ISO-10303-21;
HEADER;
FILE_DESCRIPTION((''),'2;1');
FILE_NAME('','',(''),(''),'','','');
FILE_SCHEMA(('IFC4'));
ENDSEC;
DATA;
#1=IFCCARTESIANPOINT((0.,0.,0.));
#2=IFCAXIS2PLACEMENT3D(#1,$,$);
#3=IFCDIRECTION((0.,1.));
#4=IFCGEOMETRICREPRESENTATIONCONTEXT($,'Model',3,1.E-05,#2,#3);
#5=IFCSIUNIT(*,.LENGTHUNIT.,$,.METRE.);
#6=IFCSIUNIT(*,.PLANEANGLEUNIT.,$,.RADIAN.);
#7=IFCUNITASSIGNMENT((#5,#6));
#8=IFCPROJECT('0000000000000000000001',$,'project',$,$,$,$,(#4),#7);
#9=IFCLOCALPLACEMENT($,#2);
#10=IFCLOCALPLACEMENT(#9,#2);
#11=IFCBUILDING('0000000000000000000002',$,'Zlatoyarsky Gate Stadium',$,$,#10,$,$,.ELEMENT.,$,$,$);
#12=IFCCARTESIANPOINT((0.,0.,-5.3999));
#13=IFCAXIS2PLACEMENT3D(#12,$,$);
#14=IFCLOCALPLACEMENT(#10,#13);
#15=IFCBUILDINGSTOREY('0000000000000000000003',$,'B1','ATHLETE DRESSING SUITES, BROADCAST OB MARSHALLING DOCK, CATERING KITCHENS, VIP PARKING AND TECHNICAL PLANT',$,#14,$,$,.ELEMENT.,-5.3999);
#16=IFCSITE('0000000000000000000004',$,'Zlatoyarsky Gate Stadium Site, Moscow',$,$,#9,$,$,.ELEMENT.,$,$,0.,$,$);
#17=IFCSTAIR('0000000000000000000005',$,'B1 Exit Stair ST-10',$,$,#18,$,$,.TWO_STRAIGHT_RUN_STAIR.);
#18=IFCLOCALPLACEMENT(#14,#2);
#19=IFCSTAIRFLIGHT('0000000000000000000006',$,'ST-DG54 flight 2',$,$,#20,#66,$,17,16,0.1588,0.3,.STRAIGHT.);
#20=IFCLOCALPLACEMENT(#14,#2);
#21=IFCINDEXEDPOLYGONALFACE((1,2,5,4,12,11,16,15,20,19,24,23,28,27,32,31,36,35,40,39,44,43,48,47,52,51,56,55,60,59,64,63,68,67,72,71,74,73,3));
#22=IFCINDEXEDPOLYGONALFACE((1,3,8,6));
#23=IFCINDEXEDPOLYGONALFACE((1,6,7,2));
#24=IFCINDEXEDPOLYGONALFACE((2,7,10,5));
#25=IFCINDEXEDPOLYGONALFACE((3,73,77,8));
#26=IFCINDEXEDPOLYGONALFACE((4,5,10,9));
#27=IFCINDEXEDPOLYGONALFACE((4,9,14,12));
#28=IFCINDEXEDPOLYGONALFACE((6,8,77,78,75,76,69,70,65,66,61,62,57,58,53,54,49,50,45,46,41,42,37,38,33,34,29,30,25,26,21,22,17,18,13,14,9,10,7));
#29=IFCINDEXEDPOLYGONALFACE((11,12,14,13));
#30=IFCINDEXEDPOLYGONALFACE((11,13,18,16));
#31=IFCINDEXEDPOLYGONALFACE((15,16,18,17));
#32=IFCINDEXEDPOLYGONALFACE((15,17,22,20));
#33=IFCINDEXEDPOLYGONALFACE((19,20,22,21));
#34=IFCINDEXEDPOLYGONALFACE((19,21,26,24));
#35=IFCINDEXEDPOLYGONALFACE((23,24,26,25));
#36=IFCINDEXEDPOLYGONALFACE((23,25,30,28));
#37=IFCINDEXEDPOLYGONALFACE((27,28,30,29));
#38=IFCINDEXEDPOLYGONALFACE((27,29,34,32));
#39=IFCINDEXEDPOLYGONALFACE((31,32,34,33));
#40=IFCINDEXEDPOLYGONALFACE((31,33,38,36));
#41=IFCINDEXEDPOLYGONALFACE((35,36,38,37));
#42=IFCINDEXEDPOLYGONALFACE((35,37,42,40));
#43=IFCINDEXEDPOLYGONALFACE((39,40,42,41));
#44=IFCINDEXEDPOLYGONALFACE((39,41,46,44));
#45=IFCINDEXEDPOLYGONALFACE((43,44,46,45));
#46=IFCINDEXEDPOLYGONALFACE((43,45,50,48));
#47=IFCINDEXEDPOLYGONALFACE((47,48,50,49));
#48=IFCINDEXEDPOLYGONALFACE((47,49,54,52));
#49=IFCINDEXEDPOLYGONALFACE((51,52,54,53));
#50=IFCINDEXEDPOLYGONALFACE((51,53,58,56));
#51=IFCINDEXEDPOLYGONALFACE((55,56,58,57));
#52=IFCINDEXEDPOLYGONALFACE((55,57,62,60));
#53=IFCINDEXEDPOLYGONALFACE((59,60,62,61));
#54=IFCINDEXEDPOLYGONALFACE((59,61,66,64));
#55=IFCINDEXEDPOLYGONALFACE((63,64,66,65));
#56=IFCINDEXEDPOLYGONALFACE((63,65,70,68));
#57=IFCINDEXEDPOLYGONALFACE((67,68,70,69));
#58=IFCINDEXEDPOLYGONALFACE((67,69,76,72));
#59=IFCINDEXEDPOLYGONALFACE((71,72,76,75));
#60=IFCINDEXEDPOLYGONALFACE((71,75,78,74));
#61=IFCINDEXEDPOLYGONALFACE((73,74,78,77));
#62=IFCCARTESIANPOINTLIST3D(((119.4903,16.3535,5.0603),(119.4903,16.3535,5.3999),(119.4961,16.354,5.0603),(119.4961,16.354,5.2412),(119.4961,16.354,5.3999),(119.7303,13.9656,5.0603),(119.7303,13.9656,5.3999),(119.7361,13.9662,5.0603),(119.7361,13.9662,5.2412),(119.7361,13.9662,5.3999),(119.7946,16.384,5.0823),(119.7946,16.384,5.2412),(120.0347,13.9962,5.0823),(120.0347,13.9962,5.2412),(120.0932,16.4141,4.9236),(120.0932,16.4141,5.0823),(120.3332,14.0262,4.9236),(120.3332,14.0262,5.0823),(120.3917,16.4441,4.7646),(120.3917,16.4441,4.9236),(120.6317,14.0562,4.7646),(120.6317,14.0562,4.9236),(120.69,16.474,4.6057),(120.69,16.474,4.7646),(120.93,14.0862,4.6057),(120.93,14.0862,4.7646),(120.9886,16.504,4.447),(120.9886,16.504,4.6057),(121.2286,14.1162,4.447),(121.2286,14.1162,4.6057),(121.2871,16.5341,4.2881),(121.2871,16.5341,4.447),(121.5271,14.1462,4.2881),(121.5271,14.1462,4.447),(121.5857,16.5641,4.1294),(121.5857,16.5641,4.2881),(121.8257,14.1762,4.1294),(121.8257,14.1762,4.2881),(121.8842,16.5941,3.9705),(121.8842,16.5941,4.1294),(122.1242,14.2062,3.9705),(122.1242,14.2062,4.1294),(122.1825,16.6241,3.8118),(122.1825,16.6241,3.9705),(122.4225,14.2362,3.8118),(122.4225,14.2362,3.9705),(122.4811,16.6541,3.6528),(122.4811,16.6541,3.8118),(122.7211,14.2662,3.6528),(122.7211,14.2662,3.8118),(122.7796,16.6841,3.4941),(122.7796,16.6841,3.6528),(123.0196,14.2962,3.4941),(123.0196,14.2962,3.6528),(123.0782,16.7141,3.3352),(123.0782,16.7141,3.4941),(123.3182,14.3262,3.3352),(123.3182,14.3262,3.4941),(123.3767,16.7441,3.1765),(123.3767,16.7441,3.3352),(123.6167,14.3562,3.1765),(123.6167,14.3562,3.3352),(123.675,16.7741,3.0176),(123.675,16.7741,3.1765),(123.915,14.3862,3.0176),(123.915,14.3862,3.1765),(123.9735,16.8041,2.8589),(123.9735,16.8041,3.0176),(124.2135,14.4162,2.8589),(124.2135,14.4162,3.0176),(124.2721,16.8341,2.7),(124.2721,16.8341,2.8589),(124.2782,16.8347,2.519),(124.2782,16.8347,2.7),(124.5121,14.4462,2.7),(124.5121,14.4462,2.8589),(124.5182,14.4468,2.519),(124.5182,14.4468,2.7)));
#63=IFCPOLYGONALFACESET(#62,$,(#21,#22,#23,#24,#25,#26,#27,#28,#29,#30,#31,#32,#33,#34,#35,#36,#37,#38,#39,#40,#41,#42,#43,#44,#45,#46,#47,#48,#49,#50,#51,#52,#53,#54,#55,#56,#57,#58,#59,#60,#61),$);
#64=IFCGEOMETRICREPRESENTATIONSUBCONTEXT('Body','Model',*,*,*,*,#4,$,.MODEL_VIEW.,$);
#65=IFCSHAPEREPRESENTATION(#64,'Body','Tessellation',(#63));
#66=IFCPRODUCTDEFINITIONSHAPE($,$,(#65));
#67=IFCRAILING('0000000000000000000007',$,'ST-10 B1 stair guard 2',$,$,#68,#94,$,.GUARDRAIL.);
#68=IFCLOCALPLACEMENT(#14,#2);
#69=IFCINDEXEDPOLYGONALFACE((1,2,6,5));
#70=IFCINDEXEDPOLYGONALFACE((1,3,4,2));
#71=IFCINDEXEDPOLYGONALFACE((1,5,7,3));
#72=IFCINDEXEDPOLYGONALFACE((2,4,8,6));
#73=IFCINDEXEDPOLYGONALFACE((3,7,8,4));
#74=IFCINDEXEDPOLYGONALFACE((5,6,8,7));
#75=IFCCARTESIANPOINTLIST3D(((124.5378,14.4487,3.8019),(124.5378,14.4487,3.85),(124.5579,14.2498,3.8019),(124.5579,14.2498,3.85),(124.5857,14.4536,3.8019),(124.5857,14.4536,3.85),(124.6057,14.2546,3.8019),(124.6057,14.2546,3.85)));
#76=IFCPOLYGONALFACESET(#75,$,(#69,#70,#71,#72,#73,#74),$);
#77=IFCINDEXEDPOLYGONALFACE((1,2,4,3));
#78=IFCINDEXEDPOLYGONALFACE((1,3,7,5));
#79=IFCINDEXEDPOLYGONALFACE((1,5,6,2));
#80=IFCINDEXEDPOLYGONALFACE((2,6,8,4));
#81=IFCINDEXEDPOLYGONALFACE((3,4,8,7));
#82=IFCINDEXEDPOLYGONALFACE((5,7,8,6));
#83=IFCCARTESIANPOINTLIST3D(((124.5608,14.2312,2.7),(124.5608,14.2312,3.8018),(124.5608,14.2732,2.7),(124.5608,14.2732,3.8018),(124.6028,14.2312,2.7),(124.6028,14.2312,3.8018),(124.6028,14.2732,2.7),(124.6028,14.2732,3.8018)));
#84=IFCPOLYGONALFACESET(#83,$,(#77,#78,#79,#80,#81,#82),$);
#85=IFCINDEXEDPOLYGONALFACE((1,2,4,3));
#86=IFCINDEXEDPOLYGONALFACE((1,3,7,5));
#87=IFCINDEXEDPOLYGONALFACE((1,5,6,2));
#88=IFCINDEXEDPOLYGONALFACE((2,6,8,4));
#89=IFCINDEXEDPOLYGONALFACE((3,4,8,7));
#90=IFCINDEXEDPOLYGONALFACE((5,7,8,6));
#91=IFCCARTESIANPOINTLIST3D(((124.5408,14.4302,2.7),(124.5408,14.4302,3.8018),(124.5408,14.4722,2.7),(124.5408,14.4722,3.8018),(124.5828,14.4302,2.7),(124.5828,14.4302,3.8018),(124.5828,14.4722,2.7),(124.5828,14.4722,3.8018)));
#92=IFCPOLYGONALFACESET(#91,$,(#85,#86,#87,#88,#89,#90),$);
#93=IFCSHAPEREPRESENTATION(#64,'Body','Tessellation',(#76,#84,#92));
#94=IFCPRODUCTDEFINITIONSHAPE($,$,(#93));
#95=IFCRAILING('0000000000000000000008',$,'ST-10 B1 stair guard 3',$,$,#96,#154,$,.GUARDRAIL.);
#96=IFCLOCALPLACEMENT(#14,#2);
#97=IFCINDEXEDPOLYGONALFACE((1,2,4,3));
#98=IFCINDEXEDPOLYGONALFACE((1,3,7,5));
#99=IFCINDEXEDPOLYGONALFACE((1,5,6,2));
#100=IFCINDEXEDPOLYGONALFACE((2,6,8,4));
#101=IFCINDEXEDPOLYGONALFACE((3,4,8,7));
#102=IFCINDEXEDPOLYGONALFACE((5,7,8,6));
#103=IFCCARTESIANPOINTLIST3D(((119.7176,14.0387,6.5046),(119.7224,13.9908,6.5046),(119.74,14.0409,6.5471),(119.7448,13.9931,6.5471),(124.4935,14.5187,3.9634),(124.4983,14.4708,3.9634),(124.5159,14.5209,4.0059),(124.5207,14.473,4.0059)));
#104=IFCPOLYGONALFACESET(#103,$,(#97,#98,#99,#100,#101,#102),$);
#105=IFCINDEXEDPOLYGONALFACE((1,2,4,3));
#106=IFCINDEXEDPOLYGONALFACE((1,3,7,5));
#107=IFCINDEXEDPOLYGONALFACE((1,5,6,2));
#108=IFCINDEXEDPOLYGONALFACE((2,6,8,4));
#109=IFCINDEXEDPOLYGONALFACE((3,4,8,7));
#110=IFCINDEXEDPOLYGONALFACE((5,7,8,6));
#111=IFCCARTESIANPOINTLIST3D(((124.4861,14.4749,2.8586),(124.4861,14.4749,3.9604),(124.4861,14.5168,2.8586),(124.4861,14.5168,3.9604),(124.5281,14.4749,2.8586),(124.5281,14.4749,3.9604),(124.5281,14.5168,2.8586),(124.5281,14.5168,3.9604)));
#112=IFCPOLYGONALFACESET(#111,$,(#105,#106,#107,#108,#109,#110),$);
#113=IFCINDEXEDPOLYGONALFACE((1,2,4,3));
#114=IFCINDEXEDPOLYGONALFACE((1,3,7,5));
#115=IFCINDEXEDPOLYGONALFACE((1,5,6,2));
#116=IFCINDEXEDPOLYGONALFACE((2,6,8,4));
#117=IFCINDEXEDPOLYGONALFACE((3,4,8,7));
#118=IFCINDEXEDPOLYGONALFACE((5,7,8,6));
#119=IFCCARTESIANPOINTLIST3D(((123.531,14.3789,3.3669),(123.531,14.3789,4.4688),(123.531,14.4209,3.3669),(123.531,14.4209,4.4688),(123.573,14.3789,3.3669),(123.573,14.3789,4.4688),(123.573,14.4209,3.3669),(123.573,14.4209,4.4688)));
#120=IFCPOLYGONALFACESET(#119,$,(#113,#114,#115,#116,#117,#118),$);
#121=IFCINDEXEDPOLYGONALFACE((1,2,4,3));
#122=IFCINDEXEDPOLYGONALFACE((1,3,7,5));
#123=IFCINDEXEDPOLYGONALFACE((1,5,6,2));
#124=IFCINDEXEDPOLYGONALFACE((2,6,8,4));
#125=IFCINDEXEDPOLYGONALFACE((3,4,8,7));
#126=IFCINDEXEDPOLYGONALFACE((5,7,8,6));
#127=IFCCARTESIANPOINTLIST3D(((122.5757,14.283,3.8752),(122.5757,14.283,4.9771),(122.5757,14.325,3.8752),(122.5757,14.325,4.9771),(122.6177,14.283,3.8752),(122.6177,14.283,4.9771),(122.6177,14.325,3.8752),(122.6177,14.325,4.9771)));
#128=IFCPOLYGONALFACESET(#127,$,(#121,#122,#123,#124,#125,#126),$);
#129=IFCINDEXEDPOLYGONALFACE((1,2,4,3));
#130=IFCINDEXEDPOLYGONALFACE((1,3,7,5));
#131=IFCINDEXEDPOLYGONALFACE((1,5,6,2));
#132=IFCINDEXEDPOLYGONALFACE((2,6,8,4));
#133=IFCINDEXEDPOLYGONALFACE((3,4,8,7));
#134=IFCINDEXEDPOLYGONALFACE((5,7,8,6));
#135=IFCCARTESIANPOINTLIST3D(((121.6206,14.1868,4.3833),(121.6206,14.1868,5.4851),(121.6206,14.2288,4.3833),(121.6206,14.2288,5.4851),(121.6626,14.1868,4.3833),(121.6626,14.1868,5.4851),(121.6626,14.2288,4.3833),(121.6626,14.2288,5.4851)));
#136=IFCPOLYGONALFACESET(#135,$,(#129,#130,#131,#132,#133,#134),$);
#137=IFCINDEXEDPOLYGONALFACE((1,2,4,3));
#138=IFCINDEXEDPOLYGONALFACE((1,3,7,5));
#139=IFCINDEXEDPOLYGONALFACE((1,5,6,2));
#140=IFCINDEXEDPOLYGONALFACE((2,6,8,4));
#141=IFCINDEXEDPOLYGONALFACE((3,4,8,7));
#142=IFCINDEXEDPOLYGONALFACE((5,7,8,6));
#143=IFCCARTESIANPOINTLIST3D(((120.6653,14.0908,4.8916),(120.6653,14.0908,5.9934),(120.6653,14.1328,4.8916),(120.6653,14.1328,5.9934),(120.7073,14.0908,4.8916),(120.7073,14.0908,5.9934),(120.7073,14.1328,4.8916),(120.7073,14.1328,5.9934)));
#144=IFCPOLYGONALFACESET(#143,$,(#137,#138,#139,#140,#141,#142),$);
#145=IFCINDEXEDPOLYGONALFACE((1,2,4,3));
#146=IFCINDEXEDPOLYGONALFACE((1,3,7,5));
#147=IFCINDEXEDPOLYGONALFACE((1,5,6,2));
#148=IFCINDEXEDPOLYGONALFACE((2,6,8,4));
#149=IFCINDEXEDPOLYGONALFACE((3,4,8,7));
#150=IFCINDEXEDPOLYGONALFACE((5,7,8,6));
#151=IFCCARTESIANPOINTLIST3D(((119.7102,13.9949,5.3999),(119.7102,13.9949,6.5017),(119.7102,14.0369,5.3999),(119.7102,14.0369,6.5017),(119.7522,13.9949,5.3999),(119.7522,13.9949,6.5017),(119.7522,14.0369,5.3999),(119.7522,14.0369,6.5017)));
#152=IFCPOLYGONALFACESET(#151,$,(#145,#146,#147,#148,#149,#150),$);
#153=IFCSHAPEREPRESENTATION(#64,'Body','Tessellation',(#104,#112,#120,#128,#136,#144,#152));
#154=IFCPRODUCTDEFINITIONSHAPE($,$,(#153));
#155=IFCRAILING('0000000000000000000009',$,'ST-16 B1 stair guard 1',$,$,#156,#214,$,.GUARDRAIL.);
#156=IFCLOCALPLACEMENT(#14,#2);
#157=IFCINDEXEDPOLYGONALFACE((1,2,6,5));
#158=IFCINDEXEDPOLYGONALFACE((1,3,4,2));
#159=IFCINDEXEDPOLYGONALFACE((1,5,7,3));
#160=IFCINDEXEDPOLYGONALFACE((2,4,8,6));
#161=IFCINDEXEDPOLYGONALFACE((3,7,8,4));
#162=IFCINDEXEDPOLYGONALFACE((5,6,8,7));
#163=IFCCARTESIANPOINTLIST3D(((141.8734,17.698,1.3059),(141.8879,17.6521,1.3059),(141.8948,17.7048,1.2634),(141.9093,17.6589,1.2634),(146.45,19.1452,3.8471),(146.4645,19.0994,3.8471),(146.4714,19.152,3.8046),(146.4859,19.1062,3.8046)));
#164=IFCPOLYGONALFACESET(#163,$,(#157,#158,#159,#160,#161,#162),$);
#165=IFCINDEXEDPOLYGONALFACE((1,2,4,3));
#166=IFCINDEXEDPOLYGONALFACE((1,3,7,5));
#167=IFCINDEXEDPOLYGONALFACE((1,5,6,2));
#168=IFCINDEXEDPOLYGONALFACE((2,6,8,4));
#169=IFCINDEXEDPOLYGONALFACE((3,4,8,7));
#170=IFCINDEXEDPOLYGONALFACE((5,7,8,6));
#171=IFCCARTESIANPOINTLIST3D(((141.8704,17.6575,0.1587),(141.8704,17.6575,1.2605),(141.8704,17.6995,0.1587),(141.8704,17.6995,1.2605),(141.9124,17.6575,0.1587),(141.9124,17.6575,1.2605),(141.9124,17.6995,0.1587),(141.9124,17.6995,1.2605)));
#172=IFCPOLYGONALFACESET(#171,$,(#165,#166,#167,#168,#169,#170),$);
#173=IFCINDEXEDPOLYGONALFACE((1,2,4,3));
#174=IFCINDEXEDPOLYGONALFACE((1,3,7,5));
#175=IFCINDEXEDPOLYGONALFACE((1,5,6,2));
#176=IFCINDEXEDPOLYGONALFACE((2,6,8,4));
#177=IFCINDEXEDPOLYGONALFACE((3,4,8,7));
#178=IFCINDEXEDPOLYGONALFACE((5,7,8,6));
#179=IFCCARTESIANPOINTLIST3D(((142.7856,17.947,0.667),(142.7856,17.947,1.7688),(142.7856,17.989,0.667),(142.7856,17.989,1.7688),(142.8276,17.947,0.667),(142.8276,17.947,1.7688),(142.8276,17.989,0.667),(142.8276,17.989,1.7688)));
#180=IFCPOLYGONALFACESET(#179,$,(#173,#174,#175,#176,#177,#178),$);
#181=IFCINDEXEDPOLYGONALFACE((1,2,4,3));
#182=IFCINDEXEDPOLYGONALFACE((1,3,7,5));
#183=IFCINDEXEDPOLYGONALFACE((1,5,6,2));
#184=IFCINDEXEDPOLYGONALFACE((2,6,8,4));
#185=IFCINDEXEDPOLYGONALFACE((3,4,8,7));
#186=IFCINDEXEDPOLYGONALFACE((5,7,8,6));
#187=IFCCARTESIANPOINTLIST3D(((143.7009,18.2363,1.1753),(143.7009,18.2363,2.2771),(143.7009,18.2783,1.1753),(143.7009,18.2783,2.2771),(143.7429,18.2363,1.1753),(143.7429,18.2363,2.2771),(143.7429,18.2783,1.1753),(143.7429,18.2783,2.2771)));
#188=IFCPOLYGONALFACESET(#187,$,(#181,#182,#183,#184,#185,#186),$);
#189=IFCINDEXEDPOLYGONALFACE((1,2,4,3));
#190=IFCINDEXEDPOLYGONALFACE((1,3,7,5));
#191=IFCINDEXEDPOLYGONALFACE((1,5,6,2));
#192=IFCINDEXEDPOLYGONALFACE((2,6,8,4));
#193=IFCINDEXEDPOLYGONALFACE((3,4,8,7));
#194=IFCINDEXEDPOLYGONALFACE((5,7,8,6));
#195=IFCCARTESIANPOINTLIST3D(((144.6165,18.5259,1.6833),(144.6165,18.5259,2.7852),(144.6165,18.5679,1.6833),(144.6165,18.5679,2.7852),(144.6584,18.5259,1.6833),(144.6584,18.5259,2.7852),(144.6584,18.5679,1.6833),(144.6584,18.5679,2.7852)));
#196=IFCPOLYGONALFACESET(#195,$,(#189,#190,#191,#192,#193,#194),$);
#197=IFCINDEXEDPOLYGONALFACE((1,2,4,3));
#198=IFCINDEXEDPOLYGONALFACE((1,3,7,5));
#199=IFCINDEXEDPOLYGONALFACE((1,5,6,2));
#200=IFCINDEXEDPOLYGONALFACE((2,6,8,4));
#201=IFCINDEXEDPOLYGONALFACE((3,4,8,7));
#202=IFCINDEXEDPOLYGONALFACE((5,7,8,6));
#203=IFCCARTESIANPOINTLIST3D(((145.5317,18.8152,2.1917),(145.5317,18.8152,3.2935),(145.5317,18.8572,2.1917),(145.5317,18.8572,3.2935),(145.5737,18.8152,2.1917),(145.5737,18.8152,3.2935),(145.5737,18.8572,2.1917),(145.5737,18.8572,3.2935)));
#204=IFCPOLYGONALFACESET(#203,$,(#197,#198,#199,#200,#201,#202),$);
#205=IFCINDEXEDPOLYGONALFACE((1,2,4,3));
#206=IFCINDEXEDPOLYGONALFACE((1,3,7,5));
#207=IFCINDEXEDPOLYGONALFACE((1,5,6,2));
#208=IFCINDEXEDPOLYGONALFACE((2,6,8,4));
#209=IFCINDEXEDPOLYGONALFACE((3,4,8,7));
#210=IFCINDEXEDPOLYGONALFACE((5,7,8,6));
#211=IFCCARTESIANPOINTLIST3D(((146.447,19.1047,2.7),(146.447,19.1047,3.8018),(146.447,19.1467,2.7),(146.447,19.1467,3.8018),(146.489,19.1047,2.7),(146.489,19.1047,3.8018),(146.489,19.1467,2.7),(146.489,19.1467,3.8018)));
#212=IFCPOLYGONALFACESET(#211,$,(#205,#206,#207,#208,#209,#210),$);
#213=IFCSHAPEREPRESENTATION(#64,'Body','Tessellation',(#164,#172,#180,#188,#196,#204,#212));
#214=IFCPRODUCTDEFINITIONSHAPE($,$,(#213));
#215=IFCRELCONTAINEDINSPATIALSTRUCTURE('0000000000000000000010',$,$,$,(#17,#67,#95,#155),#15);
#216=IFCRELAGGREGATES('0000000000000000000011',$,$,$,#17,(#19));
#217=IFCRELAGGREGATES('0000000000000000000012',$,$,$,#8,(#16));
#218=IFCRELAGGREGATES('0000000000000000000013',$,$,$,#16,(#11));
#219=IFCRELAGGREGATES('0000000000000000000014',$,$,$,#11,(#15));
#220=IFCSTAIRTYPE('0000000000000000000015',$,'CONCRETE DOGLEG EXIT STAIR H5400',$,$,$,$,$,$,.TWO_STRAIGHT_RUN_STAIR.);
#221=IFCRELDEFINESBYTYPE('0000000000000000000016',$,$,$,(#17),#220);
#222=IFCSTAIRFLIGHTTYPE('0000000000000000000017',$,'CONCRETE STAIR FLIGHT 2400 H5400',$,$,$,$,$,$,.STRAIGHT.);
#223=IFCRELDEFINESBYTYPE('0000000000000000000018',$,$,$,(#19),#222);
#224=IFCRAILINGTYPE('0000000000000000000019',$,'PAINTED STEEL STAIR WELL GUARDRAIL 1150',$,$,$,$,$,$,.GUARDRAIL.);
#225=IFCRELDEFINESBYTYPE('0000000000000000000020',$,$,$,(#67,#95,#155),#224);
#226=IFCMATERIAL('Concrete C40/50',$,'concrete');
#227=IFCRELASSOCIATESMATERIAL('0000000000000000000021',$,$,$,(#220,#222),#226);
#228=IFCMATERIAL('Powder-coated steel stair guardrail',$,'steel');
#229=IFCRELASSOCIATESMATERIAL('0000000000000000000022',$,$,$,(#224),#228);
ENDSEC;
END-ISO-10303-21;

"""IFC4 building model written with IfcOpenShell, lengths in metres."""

from ifc_helpers import new_model, si_unit, direction, frame, origin, origin_2d, place, context, subcontext, project, spatial, polyline, rectangle, outline, extrude, material, type_object, element, aggregate, save


model = new_model("IFC4")

# Units and contexts
model_context = context("Model", 3, precision=1e-05, world=origin(), true_north=direction((0.0, 1.0)))
body_context = subcontext(model_context, "Body", "Model", "MODEL_VIEW")
ifc_project = project(units=[si_unit("LENGTHUNIT", "METRE"), si_unit("PLANEANGLEUNIT", "RADIAN")], contexts=[model_context])

# Site, building, storey
site_placement = place(None, origin())
site = spatial("IfcSite", under=ifc_project, at=site_placement, Name="Zlatoyarsky Gate Stadium Site, Moscow", CompositionType="ELEMENT", RefElevation=0.0)
building_placement = place(site_placement, origin())
building = spatial("IfcBuilding", under=site, at=building_placement, Name="Zlatoyarsky Gate Stadium", CompositionType="ELEMENT")
storey_placement = place(building_placement, frame((0.0, 0.0, -5.3999)))
storey = spatial("IfcBuildingStorey", under=building, at=storey_placement, Name="B1", Description="ATHLETE DRESSING SUITES, BROADCAST OB MARSHALLING DOCK, CATERING KITCHENS, VIP PARKING AND TECHNICAL PLANT", CompositionType="ELEMENT", Elevation=-5.3999)

# Shared definitions
ifc_material_1 = material(Name="Concrete C40/50", Category="concrete")

# Stair, stair flight
stair_type = type_object("IfcStairType", Name="CONCRETE DOGLEG EXIT STAIR H5400", PredefinedType="TWO_STRAIGHT_RUN_STAIR", material=ifc_material_1)
stair_1_placement = place(storey_placement, origin())
stair_1 = element("IfcStair", 1, at=stair_1_placement, inside=storey, type_object=stair_type, Name="B1 Exit Stair ST-10", PredefinedType="TWO_STRAIGHT_RUN_STAIR")
stair_flight_type = type_object("IfcStairFlightType", Name="CONCRETE STAIR FLIGHT 2400 H5400", PredefinedType="STRAIGHT", material=ifc_material_1)
stair_flight_1_placement = place(storey_placement, frame((124.3921, 15.6401, 2.7), z_axis=(0.0, 0.0, 1.0), x_axis=(-0.994987, -0.100006, 0.0)))
stair_flight_1 = element("IfcStairFlight", 2, at=stair_flight_1_placement, type_object=stair_flight_type, Name="ST-DG54 flight 2", NumberOfRisers=17, NumberOfTreads=16, PredefinedType="STRAIGHT", RiserHeight=0.1588, TreadLength=0.3, context=body_context, shape_type="SweptSolid", body=[
    extrude(outline(polyline([(-0.0061, -0.1809), (-0.0061, 0.0), (0.0, 0.0), (0.0, 0.1589), (0.3, 0.1589), (0.3, 0.3176), (0.6001, 0.3176), (0.6001, 0.4766), (0.8999, 0.4766), (0.8999, 0.6353), (1.2, 0.6353), (1.2, 0.7942), (1.5, 0.7942), (1.5, 0.9529), (1.8, 0.9529), (1.8, 1.1118), (2.1001, 1.1118), (2.1001, 1.2705), (2.3999, 1.2705), (2.3999, 1.4294), (2.7, 1.4294), (2.7, 1.5881), (3.0, 1.5881), (3.0, 1.7471), (3.3, 1.7471), (3.3, 1.9058), (3.6001, 1.9058), (3.6001, 2.0647), (3.8999, 2.0647), (3.8999, 2.2236), (4.2, 2.2236), (4.2, 2.3823), (4.5, 2.3823), (4.5, 2.5413), (4.8, 2.5413), (4.8, 2.7), (4.8059, 2.7), (4.8059, 2.3604), (4.8, 2.3604), (-0.0061, -0.1809)])), frame((0.0, 1.2, 0.0), z_axis=(0.0, -1.0, 0.0), x_axis=(1.0, 0.0, 0.0)), (0.0, 0.0, 1.0), 2.3999),
])
aggregate(stair_1, [stair_flight_1])

# Railings
ifc_material_2 = material(Name="Powder-coated steel stair guardrail", Category="steel")
railing_type_1 = type_object("IfcRailingType", Name="PAINTED STEEL STAIR WELL GUARDRAIL 1150", PredefinedType="GUARDRAIL", material=ifc_material_2)
railing_1_placement = place(storey_placement, frame((124.5818, 14.2522, 2.7)))
element("IfcRailing", 3, at=railing_1_placement, inside=storey, type_object=railing_type_1, Name="ST-10 B1 stair guard 2", PredefinedType="GUARDRAIL", context=body_context, shape_type="SweptSolid", body=[
    extrude(rectangle(XDim=0.0481, YDim=0.0481, at=origin_2d()), frame((0.0, 0.0, 1.126), z_axis=(-0.100108, 0.994977, 0.0), x_axis=(-0.994977, -0.100108, 0.0)), (0.0, 0.0, 1.0), 0.2),
    extrude(rectangle(XDim=0.042, YDim=0.042, at=origin_2d()), origin(), (0.0, 0.0, 1.0), 1.1018),
    extrude(rectangle(XDim=0.042, YDim=0.042, at=origin_2d()), frame((-0.02, 0.199, 0.0)), (0.0, 0.0, 1.0), 1.1018),
])
railing_2_placement = place(storey_placement, frame((124.5071, 14.4958, 2.8586)))
element("IfcRailing", 4, at=railing_2_placement, inside=storey, type_object=railing_type_1, Name="ST-10 B1 stair guard 3", PredefinedType="GUARDRAIL", context=body_context, shape_type="SweptSolid", body=[
    extrude(rectangle(XDim=0.0481, YDim=0.0481, at=origin_2d()), frame((0.0, 0.0, 1.126), z_axis=(-0.879349, -0.088375, 0.467904), x_axis=(0.099997, -0.994988, 0.0)), (0.0, 0.0, 1.0), 5.4312),
    extrude(rectangle(XDim=0.042, YDim=0.042, at=origin_2d()), origin(), (0.0, 0.0, 1.0), 1.1018),
    extrude(rectangle(XDim=0.042, YDim=0.042, at=origin_2d()), frame((-0.9551, -0.0959, 0.5083)), (0.0, 0.0, 1.0), 1.1018),
    extrude(rectangle(XDim=0.042, YDim=0.042, at=origin_2d()), frame((-1.9104, -0.1919, 1.0166)), (0.0, 0.0, 1.0), 1.1018),
    extrude(rectangle(XDim=0.042, YDim=0.042, at=origin_2d()), frame((-2.8655, -0.2881, 1.5247)), (0.0, 0.0, 1.0), 1.1018),
    extrude(rectangle(XDim=0.042, YDim=0.042, at=origin_2d()), frame((-3.8208, -0.384, 2.033)), (0.0, 0.0, 1.0), 1.1018),
    extrude(rectangle(XDim=0.042, YDim=0.042, at=origin_2d()), frame((-4.7759, -0.48, 2.5413)), (0.0, 0.0, 1.0), 1.1018),
])
railing_3_placement = place(storey_placement, frame((141.8914, 17.6785, 0.1587)))
element("IfcRailing", 5, at=railing_3_placement, inside=storey, type_object=railing_type_1, Name="ST-16 B1 stair guard 1", PredefinedType="GUARDRAIL", context=body_context, shape_type="SweptSolid", body=[
    extrude(rectangle(XDim=0.0481, YDim=0.0481, at=origin_2d()), frame((0.0, 0.0, 1.126), z_axis=(0.842654, 0.26647, 0.467897), x_axis=(-0.301511, 0.953463, 0.0)), (0.0, 0.0, 1.0), 5.4312),
    extrude(rectangle(XDim=0.042, YDim=0.042, at=origin_2d()), origin(), (0.0, 0.0, 1.0), 1.1018),
    extrude(rectangle(XDim=0.042, YDim=0.042, at=origin_2d()), frame((0.9153, 0.2896, 0.5083)), (0.0, 0.0, 1.0), 1.1018),
    extrude(rectangle(XDim=0.042, YDim=0.042, at=origin_2d()), frame((1.8306, 0.5789, 1.0166)), (0.0, 0.0, 1.0), 1.1018),
    extrude(rectangle(XDim=0.042, YDim=0.042, at=origin_2d()), frame((2.7461, 0.8684, 1.5247)), (0.0, 0.0, 1.0), 1.1018),
    extrude(rectangle(XDim=0.042, YDim=0.042, at=origin_2d()), frame((3.6614, 1.1577, 2.033)), (0.0, 0.0, 1.0), 1.1018),
    extrude(rectangle(XDim=0.042, YDim=0.042, at=origin_2d()), frame((4.5767, 1.4473, 2.5413)), (0.0, 0.0, 1.0), 1.1018),
])

save(model, "model.ifc")
